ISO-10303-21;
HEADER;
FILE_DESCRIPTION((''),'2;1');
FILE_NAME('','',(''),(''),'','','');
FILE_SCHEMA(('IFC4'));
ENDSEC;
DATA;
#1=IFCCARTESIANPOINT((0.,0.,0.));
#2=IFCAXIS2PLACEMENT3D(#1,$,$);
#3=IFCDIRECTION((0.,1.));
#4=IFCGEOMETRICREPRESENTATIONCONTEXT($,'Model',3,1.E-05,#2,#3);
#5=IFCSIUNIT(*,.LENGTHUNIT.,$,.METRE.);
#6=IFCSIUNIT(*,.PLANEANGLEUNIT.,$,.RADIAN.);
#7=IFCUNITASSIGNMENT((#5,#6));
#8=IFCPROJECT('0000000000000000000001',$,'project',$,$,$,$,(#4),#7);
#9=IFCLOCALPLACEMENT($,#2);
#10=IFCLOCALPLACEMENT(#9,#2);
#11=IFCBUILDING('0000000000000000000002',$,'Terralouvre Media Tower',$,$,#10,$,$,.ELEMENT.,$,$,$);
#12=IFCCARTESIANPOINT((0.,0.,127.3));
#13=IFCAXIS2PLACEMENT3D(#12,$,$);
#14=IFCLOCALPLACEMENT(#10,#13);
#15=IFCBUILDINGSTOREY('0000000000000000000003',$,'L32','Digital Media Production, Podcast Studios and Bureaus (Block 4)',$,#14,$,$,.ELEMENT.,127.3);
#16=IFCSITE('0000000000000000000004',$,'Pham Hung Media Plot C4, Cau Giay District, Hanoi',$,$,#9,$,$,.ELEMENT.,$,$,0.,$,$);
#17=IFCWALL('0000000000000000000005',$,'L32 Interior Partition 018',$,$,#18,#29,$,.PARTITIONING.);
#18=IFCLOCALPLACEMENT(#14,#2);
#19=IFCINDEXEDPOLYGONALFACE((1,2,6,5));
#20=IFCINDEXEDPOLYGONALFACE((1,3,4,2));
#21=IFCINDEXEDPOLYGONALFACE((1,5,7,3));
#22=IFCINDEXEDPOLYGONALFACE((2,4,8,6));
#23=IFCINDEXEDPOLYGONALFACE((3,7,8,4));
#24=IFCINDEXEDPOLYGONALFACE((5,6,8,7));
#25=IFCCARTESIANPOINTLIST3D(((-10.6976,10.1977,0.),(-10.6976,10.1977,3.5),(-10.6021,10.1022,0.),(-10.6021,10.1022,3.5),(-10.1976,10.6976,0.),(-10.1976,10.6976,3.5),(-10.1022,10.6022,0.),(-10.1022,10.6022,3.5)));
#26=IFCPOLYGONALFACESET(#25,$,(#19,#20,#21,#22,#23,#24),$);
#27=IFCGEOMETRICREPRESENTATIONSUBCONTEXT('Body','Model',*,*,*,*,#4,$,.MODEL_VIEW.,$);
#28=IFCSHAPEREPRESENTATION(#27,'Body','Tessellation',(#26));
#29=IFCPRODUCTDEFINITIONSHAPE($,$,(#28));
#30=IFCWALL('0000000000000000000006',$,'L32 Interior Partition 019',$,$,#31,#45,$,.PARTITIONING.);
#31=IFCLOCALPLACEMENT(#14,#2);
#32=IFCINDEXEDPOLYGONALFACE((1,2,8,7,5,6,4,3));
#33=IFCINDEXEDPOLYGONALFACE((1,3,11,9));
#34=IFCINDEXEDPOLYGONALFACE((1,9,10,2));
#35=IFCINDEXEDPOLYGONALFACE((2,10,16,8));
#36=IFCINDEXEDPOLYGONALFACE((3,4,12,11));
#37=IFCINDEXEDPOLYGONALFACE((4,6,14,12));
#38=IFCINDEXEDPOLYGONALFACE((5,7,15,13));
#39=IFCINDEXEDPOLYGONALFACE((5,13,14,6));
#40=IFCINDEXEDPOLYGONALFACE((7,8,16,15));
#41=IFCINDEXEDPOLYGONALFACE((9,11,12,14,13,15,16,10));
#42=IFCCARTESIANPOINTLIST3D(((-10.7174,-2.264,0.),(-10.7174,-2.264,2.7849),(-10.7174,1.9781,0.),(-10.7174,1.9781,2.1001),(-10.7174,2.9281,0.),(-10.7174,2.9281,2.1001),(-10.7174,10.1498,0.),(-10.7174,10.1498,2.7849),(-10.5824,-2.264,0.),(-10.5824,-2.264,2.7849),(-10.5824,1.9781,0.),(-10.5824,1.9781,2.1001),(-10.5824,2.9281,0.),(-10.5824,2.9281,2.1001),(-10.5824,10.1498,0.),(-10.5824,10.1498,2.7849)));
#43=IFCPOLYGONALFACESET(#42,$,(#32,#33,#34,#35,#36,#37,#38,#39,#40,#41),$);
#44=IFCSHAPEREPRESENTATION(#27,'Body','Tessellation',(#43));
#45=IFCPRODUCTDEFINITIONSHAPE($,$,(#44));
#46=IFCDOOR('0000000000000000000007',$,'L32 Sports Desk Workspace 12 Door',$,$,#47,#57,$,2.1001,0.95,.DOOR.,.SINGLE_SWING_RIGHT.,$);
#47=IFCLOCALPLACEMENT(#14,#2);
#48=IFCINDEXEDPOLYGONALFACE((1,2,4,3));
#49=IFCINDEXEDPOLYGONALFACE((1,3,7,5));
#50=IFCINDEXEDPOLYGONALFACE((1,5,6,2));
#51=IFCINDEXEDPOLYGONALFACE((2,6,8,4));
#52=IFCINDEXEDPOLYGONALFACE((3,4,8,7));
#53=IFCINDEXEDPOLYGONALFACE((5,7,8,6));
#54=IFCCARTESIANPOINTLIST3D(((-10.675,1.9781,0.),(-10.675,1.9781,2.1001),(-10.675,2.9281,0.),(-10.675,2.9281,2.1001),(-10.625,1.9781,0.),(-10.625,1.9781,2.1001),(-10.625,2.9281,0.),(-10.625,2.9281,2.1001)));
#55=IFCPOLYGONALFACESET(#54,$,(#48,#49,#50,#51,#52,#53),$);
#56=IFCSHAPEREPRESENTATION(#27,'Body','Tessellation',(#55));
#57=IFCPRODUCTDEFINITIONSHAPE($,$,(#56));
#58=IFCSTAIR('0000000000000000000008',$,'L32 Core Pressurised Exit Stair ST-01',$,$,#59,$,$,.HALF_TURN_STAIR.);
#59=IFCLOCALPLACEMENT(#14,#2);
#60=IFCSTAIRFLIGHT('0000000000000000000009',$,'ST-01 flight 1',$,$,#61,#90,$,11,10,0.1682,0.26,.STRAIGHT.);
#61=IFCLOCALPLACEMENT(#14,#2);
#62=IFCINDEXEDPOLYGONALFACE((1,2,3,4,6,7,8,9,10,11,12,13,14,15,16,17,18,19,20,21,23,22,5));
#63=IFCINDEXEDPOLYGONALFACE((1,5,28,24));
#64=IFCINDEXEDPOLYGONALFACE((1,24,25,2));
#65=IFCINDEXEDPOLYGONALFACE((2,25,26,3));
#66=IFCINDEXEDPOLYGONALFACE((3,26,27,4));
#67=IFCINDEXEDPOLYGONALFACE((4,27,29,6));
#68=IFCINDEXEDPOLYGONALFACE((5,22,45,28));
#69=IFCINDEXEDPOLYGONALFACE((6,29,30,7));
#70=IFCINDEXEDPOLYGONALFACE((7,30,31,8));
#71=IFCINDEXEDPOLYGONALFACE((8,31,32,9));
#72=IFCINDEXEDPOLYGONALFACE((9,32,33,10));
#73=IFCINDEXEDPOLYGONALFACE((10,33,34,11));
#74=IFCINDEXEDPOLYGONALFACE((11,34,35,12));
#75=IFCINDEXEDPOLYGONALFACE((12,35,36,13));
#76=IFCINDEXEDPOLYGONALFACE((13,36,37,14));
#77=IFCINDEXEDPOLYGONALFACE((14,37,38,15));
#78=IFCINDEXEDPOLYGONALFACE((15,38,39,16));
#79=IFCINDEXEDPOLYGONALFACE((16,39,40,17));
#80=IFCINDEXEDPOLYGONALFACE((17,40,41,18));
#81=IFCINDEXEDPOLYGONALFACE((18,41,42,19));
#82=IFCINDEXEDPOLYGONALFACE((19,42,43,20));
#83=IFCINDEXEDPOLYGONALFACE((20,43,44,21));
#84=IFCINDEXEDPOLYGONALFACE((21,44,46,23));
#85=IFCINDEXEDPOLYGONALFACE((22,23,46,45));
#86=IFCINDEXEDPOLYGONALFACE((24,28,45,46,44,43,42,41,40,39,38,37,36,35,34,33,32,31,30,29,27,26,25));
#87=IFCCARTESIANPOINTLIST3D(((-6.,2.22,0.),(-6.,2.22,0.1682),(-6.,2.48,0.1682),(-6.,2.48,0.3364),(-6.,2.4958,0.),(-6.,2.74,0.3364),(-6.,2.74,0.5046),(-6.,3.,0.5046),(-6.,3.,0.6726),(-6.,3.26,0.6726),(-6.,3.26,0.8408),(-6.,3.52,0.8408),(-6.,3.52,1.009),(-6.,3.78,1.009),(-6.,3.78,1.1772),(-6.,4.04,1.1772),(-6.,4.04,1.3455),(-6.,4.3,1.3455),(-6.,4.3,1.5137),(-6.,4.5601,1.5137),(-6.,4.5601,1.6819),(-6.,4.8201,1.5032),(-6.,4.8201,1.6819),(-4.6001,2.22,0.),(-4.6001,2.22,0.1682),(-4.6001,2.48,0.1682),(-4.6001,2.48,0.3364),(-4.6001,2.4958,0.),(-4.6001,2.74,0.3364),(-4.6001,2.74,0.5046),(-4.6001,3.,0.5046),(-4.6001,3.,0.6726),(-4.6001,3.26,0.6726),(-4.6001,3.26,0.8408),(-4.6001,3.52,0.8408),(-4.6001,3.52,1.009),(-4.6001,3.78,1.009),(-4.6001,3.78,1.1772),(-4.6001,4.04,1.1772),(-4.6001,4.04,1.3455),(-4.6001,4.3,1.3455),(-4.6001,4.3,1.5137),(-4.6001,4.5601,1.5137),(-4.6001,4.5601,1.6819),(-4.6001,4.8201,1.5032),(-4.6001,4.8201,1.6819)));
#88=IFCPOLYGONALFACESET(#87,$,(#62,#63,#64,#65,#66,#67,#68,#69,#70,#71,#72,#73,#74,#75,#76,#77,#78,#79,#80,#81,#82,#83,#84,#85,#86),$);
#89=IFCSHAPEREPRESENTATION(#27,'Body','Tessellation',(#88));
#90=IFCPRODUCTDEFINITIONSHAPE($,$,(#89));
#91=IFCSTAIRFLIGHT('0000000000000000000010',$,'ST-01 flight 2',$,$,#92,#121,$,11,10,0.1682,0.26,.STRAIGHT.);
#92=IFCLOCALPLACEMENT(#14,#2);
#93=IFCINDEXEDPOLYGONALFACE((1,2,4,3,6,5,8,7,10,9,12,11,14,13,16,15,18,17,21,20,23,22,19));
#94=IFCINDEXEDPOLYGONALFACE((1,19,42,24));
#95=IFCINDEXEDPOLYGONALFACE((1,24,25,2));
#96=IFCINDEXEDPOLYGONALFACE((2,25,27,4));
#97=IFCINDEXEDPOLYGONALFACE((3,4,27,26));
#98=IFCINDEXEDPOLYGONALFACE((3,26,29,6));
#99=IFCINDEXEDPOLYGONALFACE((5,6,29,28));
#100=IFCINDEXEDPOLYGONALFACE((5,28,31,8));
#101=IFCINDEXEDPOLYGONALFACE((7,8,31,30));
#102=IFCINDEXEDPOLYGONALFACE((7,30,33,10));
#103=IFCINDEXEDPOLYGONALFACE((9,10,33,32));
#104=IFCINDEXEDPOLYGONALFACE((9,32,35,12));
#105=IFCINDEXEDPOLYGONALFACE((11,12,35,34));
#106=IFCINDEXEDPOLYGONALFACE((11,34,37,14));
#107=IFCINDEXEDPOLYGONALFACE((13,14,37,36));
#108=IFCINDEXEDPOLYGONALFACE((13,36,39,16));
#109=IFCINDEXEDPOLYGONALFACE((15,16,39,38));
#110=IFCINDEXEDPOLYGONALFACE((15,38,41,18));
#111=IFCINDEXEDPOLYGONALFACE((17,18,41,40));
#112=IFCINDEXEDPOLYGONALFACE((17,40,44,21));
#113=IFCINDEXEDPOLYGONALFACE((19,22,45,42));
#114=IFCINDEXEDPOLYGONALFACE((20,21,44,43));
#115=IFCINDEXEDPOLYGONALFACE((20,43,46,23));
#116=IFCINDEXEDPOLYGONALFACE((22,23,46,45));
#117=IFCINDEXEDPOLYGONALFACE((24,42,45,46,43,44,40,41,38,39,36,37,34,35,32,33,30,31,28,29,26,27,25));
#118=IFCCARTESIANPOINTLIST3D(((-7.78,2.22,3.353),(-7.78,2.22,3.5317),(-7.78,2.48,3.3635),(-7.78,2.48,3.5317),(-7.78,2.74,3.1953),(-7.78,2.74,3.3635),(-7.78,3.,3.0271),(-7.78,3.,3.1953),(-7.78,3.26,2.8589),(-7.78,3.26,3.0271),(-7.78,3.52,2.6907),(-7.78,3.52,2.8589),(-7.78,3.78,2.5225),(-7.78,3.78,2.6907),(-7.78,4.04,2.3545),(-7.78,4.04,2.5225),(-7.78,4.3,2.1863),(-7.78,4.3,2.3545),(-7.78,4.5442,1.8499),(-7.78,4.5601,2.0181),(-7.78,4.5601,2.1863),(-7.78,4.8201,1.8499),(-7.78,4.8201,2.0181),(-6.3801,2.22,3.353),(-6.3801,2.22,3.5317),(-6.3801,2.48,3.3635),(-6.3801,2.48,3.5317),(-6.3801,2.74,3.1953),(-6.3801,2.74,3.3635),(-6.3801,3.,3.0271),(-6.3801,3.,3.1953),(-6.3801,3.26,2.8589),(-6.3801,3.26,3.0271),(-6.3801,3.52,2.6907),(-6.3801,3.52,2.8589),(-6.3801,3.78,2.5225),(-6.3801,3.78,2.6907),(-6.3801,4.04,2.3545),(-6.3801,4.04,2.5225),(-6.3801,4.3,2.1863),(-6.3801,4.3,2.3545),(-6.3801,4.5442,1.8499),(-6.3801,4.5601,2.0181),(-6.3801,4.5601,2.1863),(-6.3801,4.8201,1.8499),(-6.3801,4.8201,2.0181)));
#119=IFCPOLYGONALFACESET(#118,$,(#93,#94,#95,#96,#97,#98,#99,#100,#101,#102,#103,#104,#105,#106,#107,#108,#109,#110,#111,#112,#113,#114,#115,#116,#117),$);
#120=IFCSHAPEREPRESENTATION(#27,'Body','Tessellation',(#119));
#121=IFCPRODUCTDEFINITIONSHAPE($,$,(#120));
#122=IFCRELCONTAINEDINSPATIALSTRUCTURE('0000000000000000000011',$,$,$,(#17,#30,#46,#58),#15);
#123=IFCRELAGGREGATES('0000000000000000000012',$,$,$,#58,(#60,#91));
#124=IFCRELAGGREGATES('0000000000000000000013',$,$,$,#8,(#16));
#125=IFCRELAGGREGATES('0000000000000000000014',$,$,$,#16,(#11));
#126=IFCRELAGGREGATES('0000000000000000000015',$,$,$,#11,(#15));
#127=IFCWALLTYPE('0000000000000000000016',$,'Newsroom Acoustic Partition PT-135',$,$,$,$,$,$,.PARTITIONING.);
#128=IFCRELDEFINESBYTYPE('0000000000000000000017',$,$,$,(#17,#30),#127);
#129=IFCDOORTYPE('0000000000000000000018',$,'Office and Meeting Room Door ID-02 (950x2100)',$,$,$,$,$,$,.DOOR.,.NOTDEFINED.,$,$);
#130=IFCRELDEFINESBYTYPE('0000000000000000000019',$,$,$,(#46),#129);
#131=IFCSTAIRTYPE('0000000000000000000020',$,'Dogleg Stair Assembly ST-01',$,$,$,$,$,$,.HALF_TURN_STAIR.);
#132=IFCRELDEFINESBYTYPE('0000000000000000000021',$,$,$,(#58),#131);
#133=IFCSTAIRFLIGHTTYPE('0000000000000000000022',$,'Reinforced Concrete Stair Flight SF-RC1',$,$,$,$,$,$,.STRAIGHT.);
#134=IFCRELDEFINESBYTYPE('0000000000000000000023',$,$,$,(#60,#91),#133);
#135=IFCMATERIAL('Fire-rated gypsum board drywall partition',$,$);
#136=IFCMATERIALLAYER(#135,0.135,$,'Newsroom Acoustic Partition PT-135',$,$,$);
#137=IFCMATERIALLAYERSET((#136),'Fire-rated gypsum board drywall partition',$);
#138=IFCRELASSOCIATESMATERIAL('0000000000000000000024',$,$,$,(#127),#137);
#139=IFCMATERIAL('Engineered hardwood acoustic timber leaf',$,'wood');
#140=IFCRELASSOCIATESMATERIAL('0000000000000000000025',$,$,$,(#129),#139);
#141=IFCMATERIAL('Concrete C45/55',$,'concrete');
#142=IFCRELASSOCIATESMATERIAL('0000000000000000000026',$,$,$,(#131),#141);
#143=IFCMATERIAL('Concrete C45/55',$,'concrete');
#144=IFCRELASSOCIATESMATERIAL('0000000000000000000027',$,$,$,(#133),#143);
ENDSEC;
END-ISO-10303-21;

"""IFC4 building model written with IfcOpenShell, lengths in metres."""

from ifc_helpers import new_model, si_unit, direction, frame, frame_2d, origin, place, context, subcontext, project, spatial, polyline, rectangle, outline, extrude, material, layer, layer_set, type_object, element, fill, aggregate, save


model = new_model("IFC4")

# Units and contexts
model_context = context("Model", 3, precision=1e-05, world=origin(), true_north=direction((0.0, 1.0)))
body_context = subcontext(model_context, "Body", "Model", "MODEL_VIEW")
ifc_project = project(units=[si_unit("LENGTHUNIT", "METRE"), si_unit("PLANEANGLEUNIT", "RADIAN")], contexts=[model_context])

# Site, building, storey
site_placement = place(None, origin())
site = spatial("IfcSite", under=ifc_project, at=site_placement, Name="Pham Hung Media Plot C4, Cau Giay District, Hanoi", CompositionType="ELEMENT", RefElevation=0.0)
building_placement = place(site_placement, origin())
building = spatial("IfcBuilding", under=site, at=building_placement, Name="Terralouvre Media Tower", CompositionType="ELEMENT")
storey_placement = place(building_placement, frame((0.0, 0.0, 127.3)))
storey = spatial("IfcBuildingStorey", under=building, at=storey_placement, Name="L32", Description="Digital Media Production, Podcast Studios and Bureaus (Block 4)", CompositionType="ELEMENT", Elevation=127.3)

# Wall
ifc_material_1 = material(Name="Fire-rated gypsum board drywall partition")
ifc_layer_1 = layer(ifc_material_1, 0.135, Name="Newsroom Acoustic Partition PT-135")
ifc_layer_set_1 = layer_set([ifc_layer_1], Name="Fire-rated gypsum board drywall partition")
wall_type_1 = type_object("IfcWallType", Name="Newsroom Acoustic Partition PT-135", PredefinedType="PARTITIONING", material=ifc_layer_set_1)
wall_1_placement = place(storey_placement, frame((-10.1499, 10.6499, 0.0), z_axis=(0.0, 0.0, 1.0), x_axis=(-0.707107, -0.707107, 0.0)))
element("IfcWall", 1, at=wall_1_placement, inside=storey, type_object=wall_type_1, Name="L32 Interior Partition 018", PredefinedType="PARTITIONING", context=body_context, shape_type="SweptSolid", body=[
    extrude(rectangle(XDim=0.707, YDim=0.135, at=frame_2d((0.3535, 0.0))), origin(), (0.0, 0.0, 1.0), 3.5),
])

# Wall, opening, door
wall_2_placement = place(storey_placement, frame((-10.6499, 10.1499, 0.0), z_axis=(0.0, 0.0, 1.0), x_axis=(0.0, -1.0, 0.0)))
wall_2 = element("IfcWall", 2, at=wall_2_placement, inside=storey, type_object=wall_type_1, Name="L32 Interior Partition 019", PredefinedType="PARTITIONING", context=body_context, shape_type="SweptSolid", body=[
    extrude(rectangle(XDim=12.4138, YDim=0.135, at=frame_2d((6.207, 0.0))), origin(), (0.0, 0.0, 1.0), 2.7849),
])
opening_1_placement = place(wall_2_placement, frame((7.2217, 0.0, 0.0)))
opening_1 = element("IfcOpeningElement", 3, at=opening_1_placement, cuts=wall_2, PredefinedType="OPENING", context=body_context, shape_type="SweptSolid", body=[
    extrude(rectangle(XDim=0.95, YDim=2.1001, at=frame_2d((0.4751, 1.05))), frame((0.0, 0.0774, 0.0), z_axis=(0.0, -1.0, 0.0), x_axis=(1.0, 0.0, 0.0)), (0.0, 0.0, 1.0), 0.155),
])
ifc_material_2 = material(Name="Engineered hardwood acoustic timber leaf", Category="wood")
door_type_1 = type_object("IfcDoorType", Name="Office and Meeting Room Door ID-02 (950x2100)", OperationType="NOTDEFINED", PredefinedType="DOOR", material=ifc_material_2)
door_1_placement = place(opening_1_placement, origin())
door_1 = element("IfcDoor", 4, at=door_1_placement, inside=storey, type_object=door_type_1, Name="L32 Sports Desk Workspace 12 Door", OperationType="SINGLE_SWING_RIGHT", OverallHeight=2.1001, OverallWidth=0.95, PredefinedType="DOOR", context=body_context, shape_type="SweptSolid", body=[
    extrude(rectangle(XDim=0.95, YDim=2.1001, at=frame_2d((0.4751, 1.05))), frame((0.0, 0.0249, 0.0), z_axis=(0.0, -1.0, 0.0), x_axis=(1.0, 0.0, 0.0)), (0.0, 0.0, 1.0), 0.05),
])
fill(opening_1, door_1)

# Stair, stair flights
ifc_material_3 = material(Name="Concrete C45/55", Category="concrete")
stair_type = type_object("IfcStairType", Name="Dogleg Stair Assembly ST-01", PredefinedType="HALF_TURN_STAIR", material=ifc_material_3)
stair_placement = place(storey_placement, origin())
stair = element("IfcStair", 5, at=stair_placement, inside=storey, type_object=stair_type, Name="L32 Core Pressurised Exit Stair ST-01", PredefinedType="HALF_TURN_STAIR")
ifc_material_4 = material(Name="Concrete C45/55", Category="concrete")
stair_flight_type = type_object("IfcStairFlightType", Name="Reinforced Concrete Stair Flight SF-RC1", PredefinedType="STRAIGHT", material=ifc_material_4)
stair_flight_1_placement = place(storey_placement, frame((-5.3, 2.22, 0.0), z_axis=(0.0, 0.0, 1.0), x_axis=(0.0, 1.0, 0.0)))
stair_flight_1 = element("IfcStairFlight", 6, at=stair_flight_1_placement, type_object=stair_flight_type, Name="ST-01 flight 1", NumberOfRisers=11, NumberOfTreads=10, PredefinedType="STRAIGHT", RiserHeight=0.1682, TreadLength=0.26, context=body_context, shape_type="SweptSolid", body=[
    extrude(outline(polyline([(0.0, 0.0), (0.0, 0.1682), (0.26, 0.1682), (0.26, 0.3364), (0.52, 0.3364), (0.52, 0.5046), (0.78, 0.5046), (0.78, 0.6726), (1.04, 0.6726), (1.04, 0.8408), (1.3, 0.8408), (1.3, 1.009), (1.5601, 1.009), (1.5601, 1.1772), (1.8201, 1.1772), (1.8201, 1.3455), (2.0801, 1.3455), (2.0801, 1.5137), (2.3401, 1.5137), (2.3401, 1.6819), (2.6001, 1.6819), (2.6001, 1.8501), (2.6001, 1.5032), (0.2759, 0.0), (0.0, 0.0)])), frame((0.0, 0.7, 0.0), z_axis=(0.0, -1.0, 0.0), x_axis=(1.0, 0.0, 0.0)), (0.0, 0.0, 1.0), 1.3999),
])
stair_flight_2_placement = place(storey_placement, frame((-7.0801, 4.8201, 1.8499), z_axis=(0.0, 0.0, 1.0), x_axis=(0.0, -1.0, 0.0)))
stair_flight_2 = element("IfcStairFlight", 7, at=stair_flight_2_placement, type_object=stair_flight_type, Name="ST-01 flight 2", NumberOfRisers=11, NumberOfTreads=10, PredefinedType="STRAIGHT", RiserHeight=0.1682, TreadLength=0.26, context=body_context, shape_type="SweptSolid", body=[
    extrude(outline(polyline([(0.0, 0.0), (0.0, 0.1682), (0.26, 0.1682), (0.26, 0.3364), (0.52, 0.3364), (0.52, 0.5046), (0.78, 0.5046), (0.78, 0.6726), (1.04, 0.6726), (1.04, 0.8408), (1.3, 0.8408), (1.3, 1.009), (1.5601, 1.009), (1.5601, 1.1772), (1.8201, 1.1772), (1.8201, 1.3455), (2.0801, 1.3455), (2.0801, 1.5137), (2.3401, 1.5137), (2.3401, 1.6819), (2.6001, 1.6819), (2.6001, 1.8501), (2.6001, 1.5032), (0.2759, 0.0), (0.0, 0.0)])), frame((0.0, 0.7, 0.0), z_axis=(0.0, -1.0, 0.0), x_axis=(1.0, 0.0, 0.0)), (0.0, 0.0, 1.0), 1.3999),
])
aggregate(stair, [stair_flight_1, stair_flight_2])

save(model, "model.ifc")
